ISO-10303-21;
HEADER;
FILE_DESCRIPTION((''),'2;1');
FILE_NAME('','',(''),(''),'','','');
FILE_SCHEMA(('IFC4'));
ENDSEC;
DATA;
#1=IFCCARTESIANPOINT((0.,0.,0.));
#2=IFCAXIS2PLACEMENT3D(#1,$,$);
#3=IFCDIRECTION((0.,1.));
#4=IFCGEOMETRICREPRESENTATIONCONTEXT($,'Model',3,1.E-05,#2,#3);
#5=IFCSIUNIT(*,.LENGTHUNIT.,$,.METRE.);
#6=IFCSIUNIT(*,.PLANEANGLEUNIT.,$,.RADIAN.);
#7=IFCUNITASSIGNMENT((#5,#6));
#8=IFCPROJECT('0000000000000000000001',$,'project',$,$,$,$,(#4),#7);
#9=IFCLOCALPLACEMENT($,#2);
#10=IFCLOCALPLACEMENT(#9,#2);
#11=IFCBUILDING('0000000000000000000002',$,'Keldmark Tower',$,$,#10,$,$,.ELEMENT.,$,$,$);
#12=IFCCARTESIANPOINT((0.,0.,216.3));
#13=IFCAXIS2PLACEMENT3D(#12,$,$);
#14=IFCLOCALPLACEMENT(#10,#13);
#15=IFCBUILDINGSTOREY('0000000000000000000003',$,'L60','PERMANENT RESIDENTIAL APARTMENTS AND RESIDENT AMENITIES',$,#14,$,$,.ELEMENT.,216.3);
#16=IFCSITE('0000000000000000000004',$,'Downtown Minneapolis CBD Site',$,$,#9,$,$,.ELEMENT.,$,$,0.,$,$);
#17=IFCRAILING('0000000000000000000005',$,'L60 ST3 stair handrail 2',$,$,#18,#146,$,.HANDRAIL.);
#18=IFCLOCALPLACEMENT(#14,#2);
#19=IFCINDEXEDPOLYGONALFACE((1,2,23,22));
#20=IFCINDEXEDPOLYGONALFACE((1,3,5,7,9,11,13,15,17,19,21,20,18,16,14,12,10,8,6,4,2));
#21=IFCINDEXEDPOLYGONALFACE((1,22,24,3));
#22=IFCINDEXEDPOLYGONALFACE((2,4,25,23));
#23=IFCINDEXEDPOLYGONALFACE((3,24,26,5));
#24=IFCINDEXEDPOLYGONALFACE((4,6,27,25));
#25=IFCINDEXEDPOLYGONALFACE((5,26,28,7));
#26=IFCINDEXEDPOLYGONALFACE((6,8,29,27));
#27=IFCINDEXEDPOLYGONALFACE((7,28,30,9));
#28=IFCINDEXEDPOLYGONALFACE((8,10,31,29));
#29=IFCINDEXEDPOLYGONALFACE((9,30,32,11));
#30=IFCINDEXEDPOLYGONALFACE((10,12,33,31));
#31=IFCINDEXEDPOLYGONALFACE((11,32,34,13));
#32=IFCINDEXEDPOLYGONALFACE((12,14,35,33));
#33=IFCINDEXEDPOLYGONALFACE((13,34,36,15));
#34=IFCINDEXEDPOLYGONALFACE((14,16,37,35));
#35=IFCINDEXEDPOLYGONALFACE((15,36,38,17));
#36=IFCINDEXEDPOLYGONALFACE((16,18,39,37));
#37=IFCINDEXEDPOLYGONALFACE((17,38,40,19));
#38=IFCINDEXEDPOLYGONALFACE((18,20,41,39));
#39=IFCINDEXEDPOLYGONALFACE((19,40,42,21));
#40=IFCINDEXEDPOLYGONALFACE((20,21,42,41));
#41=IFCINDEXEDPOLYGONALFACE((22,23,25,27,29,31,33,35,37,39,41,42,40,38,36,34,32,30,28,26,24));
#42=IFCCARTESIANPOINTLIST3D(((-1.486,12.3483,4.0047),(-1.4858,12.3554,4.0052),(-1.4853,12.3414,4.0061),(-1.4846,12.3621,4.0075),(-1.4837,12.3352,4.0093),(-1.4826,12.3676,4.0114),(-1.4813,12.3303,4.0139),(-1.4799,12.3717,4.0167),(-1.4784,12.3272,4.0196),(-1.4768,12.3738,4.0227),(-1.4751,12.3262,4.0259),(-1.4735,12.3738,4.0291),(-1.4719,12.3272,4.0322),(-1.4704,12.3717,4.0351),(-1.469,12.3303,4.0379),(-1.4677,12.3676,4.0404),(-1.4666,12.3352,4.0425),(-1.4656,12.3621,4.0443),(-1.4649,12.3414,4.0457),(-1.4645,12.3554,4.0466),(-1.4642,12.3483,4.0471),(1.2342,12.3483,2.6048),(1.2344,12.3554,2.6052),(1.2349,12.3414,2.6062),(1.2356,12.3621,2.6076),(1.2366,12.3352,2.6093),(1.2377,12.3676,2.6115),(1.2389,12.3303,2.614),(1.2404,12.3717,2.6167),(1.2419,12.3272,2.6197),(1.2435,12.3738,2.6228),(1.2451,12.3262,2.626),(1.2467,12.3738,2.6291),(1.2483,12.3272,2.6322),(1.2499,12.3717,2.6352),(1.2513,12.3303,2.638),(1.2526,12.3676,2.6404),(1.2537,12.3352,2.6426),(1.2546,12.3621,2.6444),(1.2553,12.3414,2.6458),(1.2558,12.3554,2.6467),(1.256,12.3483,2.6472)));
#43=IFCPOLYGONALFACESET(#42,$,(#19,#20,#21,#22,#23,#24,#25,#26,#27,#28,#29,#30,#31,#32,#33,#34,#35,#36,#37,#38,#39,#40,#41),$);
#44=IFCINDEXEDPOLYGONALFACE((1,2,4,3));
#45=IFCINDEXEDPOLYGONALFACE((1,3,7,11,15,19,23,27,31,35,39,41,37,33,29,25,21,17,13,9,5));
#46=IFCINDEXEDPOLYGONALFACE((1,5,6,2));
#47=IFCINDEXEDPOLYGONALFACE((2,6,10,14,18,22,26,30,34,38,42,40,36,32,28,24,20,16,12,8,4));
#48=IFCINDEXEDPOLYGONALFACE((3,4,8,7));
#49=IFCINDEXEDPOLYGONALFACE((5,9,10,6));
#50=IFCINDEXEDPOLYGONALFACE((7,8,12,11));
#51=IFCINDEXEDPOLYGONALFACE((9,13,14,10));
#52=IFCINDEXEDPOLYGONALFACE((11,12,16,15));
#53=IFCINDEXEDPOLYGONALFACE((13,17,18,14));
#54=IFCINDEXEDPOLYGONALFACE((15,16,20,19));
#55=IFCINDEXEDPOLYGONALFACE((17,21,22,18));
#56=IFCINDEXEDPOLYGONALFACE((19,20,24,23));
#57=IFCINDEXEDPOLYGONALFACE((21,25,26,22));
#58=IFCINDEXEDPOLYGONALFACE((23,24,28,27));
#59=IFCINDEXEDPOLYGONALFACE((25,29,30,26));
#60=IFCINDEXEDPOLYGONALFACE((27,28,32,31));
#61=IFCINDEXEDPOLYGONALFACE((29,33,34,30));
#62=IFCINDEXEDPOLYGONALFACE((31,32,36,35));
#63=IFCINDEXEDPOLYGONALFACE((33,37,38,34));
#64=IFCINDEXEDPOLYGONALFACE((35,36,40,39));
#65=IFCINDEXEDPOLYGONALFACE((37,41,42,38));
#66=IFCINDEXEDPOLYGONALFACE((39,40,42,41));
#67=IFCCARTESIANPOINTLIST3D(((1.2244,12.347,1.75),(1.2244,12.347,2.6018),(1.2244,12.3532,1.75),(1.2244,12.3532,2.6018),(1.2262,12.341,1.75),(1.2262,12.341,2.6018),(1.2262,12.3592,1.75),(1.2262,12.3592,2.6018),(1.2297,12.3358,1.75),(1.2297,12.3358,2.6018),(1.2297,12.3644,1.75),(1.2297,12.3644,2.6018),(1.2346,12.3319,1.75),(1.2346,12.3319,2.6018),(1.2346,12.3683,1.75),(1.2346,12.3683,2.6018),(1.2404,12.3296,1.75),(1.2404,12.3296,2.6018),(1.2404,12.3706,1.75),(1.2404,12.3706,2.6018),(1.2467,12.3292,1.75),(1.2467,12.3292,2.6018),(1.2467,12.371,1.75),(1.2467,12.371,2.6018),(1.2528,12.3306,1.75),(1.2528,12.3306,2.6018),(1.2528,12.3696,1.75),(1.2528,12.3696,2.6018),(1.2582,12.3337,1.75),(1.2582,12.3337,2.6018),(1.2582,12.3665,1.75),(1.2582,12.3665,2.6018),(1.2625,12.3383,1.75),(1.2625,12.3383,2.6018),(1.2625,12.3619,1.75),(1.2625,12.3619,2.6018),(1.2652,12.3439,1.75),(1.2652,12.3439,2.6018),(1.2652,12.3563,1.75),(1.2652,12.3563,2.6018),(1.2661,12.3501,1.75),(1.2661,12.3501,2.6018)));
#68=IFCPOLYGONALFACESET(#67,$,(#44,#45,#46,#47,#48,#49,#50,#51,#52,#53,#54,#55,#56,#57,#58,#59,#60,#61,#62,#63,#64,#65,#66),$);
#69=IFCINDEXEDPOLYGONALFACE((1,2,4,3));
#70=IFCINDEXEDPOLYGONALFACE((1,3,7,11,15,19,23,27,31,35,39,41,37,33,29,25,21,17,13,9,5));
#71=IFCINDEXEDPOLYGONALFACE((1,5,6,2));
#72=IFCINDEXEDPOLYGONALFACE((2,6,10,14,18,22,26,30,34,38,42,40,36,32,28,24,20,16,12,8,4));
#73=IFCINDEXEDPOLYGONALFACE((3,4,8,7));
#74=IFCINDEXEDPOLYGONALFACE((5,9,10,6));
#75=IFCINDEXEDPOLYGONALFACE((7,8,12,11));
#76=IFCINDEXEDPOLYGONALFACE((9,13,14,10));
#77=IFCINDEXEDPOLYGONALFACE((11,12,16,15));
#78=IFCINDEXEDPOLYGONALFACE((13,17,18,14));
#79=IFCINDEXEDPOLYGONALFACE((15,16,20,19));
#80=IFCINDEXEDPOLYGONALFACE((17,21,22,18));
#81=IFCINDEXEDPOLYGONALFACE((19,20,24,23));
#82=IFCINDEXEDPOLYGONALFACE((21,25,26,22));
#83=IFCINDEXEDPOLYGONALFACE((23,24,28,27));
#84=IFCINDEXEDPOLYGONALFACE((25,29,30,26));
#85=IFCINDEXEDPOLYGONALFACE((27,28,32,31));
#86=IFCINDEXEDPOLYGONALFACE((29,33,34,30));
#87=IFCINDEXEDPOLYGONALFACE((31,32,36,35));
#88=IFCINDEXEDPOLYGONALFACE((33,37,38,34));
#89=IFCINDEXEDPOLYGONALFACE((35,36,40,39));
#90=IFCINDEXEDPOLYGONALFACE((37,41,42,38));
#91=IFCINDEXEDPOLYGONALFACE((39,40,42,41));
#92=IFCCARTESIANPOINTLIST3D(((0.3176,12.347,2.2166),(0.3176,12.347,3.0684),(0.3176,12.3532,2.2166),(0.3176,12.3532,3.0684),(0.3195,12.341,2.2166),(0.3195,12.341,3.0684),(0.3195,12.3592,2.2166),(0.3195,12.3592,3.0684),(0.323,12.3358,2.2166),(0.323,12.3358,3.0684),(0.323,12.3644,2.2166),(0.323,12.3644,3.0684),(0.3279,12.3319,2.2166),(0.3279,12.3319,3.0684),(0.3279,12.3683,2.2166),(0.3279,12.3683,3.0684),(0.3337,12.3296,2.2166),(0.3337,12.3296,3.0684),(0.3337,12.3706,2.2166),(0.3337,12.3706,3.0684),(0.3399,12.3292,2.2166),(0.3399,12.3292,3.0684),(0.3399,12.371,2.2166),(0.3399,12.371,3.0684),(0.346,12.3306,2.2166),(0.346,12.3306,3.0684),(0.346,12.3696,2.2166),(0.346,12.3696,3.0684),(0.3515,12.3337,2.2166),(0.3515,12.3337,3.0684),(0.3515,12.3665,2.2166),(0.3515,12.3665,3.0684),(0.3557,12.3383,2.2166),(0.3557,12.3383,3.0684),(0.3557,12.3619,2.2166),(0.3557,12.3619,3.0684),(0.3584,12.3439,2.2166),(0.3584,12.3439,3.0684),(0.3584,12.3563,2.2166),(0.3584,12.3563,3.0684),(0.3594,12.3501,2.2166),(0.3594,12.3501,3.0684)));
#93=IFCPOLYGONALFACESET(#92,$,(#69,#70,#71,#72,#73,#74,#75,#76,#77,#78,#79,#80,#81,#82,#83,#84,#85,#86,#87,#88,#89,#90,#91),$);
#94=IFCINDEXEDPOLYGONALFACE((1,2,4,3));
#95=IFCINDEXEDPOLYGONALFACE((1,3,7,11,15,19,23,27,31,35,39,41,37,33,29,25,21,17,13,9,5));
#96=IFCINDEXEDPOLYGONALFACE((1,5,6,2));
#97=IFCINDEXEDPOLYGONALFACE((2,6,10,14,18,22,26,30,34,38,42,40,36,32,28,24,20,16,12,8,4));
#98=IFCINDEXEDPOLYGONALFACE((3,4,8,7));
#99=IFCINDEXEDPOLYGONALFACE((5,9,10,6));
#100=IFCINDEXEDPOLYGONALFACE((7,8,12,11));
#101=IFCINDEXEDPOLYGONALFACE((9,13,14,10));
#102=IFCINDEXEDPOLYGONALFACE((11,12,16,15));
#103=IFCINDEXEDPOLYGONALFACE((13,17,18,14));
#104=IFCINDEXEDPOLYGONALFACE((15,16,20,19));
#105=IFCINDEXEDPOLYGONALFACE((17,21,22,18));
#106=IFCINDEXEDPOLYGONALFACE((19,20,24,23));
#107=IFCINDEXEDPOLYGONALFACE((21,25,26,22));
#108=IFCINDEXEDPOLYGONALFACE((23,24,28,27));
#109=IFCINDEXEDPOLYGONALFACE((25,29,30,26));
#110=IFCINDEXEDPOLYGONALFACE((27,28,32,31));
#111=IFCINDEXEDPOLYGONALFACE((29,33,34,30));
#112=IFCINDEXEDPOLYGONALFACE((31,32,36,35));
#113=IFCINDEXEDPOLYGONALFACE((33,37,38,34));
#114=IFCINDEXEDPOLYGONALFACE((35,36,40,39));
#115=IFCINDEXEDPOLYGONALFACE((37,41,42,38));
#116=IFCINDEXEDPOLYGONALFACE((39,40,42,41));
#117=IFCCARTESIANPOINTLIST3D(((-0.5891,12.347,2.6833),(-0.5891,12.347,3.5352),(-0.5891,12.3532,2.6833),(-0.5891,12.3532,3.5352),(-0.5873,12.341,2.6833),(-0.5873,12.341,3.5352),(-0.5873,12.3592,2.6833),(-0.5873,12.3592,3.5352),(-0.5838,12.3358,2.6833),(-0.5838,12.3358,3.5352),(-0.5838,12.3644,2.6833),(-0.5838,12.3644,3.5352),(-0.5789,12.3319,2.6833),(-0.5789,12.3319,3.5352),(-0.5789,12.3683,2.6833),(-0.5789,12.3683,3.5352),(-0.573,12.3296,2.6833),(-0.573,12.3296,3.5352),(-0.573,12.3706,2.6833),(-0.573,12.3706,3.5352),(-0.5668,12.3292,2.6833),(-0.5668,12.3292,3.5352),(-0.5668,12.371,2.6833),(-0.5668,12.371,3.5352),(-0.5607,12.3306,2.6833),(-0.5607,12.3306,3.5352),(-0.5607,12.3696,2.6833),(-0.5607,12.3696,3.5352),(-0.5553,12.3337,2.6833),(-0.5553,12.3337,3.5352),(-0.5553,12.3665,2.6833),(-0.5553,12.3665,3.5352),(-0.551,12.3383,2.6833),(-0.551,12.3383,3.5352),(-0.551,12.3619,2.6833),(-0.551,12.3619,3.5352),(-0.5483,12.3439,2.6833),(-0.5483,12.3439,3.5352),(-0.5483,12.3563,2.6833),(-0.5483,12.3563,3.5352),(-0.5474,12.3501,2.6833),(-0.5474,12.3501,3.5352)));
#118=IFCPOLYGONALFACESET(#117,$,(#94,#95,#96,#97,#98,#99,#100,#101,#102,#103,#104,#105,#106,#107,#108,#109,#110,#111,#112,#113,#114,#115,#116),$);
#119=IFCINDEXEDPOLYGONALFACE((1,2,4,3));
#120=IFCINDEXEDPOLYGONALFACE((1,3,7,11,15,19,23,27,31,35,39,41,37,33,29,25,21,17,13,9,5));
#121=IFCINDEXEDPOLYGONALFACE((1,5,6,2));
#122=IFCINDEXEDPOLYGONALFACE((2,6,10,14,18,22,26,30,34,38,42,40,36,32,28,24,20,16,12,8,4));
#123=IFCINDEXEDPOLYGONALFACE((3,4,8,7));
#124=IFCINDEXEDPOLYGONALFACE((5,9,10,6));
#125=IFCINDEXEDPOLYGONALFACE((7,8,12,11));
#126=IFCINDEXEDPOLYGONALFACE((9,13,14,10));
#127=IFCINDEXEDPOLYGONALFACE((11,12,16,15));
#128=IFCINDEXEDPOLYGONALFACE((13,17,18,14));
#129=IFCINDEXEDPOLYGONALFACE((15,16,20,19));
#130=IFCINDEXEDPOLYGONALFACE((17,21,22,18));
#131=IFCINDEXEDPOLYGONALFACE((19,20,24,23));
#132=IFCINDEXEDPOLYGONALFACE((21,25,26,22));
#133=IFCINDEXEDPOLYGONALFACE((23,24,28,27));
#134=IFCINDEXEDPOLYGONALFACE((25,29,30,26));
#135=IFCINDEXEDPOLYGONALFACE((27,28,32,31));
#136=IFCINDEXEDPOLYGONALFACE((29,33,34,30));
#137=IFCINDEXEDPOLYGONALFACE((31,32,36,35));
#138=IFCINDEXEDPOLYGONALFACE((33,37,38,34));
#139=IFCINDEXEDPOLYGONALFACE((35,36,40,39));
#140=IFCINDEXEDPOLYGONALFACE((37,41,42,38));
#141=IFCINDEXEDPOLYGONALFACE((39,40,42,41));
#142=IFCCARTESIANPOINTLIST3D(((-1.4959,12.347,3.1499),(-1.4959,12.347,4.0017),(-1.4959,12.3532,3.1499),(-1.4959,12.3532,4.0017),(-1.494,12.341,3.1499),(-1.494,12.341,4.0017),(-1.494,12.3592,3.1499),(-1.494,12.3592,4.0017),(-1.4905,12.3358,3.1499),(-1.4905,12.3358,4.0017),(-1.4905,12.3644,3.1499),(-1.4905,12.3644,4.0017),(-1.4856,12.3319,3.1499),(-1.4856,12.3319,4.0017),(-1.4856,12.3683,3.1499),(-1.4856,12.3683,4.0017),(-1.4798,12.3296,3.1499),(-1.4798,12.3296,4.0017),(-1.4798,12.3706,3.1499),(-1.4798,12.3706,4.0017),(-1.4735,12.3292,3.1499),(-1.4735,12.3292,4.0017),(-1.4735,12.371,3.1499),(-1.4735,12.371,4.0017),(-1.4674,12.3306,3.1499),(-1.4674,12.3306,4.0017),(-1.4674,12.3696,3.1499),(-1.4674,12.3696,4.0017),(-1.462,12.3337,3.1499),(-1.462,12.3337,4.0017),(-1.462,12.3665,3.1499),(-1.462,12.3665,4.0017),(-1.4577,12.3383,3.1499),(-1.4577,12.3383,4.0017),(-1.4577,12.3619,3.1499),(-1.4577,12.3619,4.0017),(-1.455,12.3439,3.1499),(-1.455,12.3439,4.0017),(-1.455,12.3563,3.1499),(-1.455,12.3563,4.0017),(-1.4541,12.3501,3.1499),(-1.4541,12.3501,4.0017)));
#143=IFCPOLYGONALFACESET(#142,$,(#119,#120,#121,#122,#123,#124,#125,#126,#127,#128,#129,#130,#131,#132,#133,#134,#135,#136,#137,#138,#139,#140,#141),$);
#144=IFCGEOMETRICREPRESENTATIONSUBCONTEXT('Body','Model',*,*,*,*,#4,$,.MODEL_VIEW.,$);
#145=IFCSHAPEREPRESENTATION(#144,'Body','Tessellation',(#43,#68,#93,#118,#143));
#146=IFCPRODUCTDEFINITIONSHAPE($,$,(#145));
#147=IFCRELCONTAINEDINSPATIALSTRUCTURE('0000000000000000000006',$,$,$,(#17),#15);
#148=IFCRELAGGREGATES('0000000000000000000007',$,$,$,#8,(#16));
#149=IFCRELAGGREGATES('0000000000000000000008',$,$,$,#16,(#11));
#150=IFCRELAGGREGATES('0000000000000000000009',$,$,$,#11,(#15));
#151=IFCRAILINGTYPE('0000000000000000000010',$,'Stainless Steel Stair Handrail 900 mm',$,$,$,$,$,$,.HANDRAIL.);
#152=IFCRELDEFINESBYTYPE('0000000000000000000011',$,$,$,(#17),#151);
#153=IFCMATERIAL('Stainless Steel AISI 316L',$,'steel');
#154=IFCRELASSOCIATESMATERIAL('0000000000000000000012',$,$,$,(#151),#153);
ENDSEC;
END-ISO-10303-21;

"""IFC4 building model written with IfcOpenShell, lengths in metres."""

from ifc_helpers import new_model, si_unit, direction, frame, origin, origin_2d, place, context, subcontext, project, spatial, circle, extrude, material, type_object, element, save


model = new_model("IFC4")

# Units and contexts
model_context = context("Model", 3, precision=1e-05, world=origin(), true_north=direction((0.0, 1.0)))
body_context = subcontext(model_context, "Body", "Model", "MODEL_VIEW")
ifc_project = project(units=[si_unit("LENGTHUNIT", "METRE"), si_unit("PLANEANGLEUNIT", "RADIAN")], contexts=[model_context])

# Site, building, storey
site_placement = place(None, origin())
site = spatial("IfcSite", under=ifc_project, at=site_placement, Name="Downtown Minneapolis CBD Site", CompositionType="ELEMENT", RefElevation=0.0)
building_placement = place(site_placement, origin())
building = spatial("IfcBuilding", under=site, at=building_placement, Name="Keldmark Tower", CompositionType="ELEMENT")
storey_placement = place(building_placement, frame((0.0, 0.0, 216.3)))
storey = spatial("IfcBuildingStorey", under=building, at=storey_placement, Name="L60", Description="PERMANENT RESIDENTIAL APARTMENTS AND RESIDENT AMENITIES", CompositionType="ELEMENT", Elevation=216.3)

# Railing
ifc_material_1 = material(Name="Stainless Steel AISI 316L", Category="steel")
railing_type_1 = type_object("IfcRailingType", Name="Stainless Steel Stair Handrail 900 mm", PredefinedType="HANDRAIL", material=ifc_material_1)
railing_1_placement = place(storey_placement, frame((1.2451, 12.3501, 1.75)))
element("IfcRailing", 1, at=railing_1_placement, inside=storey, type_object=railing_type_1, Name="L60 ST3 stair handrail 2", PredefinedType="HANDRAIL", context=body_context, shape_type="SweptSolid", body=[
    extrude(circle(Radius=0.0239, at=origin_2d()), frame((0.0, 0.0, 0.876), z_axis=(-0.889164, 0.0, 0.45759), x_axis=(0.0, -1.0, 0.0)), (0.0, 0.0, 1.0), 3.0593),
    extrude(circle(Radius=0.021, at=origin_2d()), origin(), (0.0, 0.0, 1.0), 0.8518),
    extrude(circle(Radius=0.021, at=origin_2d()), frame((-0.9067, 0.0, 0.4666)), (0.0, 0.0, 1.0), 0.8518),
    extrude(circle(Radius=0.021, at=origin_2d()), frame((-1.8135, 0.0, 0.9333)), (0.0, 0.0, 1.0), 0.8518),
    extrude(circle(Radius=0.021, at=origin_2d()), frame((-2.7202, 0.0, 1.3999)), (0.0, 0.0, 1.0), 0.8518),
])

save(model, "model.ifc")
